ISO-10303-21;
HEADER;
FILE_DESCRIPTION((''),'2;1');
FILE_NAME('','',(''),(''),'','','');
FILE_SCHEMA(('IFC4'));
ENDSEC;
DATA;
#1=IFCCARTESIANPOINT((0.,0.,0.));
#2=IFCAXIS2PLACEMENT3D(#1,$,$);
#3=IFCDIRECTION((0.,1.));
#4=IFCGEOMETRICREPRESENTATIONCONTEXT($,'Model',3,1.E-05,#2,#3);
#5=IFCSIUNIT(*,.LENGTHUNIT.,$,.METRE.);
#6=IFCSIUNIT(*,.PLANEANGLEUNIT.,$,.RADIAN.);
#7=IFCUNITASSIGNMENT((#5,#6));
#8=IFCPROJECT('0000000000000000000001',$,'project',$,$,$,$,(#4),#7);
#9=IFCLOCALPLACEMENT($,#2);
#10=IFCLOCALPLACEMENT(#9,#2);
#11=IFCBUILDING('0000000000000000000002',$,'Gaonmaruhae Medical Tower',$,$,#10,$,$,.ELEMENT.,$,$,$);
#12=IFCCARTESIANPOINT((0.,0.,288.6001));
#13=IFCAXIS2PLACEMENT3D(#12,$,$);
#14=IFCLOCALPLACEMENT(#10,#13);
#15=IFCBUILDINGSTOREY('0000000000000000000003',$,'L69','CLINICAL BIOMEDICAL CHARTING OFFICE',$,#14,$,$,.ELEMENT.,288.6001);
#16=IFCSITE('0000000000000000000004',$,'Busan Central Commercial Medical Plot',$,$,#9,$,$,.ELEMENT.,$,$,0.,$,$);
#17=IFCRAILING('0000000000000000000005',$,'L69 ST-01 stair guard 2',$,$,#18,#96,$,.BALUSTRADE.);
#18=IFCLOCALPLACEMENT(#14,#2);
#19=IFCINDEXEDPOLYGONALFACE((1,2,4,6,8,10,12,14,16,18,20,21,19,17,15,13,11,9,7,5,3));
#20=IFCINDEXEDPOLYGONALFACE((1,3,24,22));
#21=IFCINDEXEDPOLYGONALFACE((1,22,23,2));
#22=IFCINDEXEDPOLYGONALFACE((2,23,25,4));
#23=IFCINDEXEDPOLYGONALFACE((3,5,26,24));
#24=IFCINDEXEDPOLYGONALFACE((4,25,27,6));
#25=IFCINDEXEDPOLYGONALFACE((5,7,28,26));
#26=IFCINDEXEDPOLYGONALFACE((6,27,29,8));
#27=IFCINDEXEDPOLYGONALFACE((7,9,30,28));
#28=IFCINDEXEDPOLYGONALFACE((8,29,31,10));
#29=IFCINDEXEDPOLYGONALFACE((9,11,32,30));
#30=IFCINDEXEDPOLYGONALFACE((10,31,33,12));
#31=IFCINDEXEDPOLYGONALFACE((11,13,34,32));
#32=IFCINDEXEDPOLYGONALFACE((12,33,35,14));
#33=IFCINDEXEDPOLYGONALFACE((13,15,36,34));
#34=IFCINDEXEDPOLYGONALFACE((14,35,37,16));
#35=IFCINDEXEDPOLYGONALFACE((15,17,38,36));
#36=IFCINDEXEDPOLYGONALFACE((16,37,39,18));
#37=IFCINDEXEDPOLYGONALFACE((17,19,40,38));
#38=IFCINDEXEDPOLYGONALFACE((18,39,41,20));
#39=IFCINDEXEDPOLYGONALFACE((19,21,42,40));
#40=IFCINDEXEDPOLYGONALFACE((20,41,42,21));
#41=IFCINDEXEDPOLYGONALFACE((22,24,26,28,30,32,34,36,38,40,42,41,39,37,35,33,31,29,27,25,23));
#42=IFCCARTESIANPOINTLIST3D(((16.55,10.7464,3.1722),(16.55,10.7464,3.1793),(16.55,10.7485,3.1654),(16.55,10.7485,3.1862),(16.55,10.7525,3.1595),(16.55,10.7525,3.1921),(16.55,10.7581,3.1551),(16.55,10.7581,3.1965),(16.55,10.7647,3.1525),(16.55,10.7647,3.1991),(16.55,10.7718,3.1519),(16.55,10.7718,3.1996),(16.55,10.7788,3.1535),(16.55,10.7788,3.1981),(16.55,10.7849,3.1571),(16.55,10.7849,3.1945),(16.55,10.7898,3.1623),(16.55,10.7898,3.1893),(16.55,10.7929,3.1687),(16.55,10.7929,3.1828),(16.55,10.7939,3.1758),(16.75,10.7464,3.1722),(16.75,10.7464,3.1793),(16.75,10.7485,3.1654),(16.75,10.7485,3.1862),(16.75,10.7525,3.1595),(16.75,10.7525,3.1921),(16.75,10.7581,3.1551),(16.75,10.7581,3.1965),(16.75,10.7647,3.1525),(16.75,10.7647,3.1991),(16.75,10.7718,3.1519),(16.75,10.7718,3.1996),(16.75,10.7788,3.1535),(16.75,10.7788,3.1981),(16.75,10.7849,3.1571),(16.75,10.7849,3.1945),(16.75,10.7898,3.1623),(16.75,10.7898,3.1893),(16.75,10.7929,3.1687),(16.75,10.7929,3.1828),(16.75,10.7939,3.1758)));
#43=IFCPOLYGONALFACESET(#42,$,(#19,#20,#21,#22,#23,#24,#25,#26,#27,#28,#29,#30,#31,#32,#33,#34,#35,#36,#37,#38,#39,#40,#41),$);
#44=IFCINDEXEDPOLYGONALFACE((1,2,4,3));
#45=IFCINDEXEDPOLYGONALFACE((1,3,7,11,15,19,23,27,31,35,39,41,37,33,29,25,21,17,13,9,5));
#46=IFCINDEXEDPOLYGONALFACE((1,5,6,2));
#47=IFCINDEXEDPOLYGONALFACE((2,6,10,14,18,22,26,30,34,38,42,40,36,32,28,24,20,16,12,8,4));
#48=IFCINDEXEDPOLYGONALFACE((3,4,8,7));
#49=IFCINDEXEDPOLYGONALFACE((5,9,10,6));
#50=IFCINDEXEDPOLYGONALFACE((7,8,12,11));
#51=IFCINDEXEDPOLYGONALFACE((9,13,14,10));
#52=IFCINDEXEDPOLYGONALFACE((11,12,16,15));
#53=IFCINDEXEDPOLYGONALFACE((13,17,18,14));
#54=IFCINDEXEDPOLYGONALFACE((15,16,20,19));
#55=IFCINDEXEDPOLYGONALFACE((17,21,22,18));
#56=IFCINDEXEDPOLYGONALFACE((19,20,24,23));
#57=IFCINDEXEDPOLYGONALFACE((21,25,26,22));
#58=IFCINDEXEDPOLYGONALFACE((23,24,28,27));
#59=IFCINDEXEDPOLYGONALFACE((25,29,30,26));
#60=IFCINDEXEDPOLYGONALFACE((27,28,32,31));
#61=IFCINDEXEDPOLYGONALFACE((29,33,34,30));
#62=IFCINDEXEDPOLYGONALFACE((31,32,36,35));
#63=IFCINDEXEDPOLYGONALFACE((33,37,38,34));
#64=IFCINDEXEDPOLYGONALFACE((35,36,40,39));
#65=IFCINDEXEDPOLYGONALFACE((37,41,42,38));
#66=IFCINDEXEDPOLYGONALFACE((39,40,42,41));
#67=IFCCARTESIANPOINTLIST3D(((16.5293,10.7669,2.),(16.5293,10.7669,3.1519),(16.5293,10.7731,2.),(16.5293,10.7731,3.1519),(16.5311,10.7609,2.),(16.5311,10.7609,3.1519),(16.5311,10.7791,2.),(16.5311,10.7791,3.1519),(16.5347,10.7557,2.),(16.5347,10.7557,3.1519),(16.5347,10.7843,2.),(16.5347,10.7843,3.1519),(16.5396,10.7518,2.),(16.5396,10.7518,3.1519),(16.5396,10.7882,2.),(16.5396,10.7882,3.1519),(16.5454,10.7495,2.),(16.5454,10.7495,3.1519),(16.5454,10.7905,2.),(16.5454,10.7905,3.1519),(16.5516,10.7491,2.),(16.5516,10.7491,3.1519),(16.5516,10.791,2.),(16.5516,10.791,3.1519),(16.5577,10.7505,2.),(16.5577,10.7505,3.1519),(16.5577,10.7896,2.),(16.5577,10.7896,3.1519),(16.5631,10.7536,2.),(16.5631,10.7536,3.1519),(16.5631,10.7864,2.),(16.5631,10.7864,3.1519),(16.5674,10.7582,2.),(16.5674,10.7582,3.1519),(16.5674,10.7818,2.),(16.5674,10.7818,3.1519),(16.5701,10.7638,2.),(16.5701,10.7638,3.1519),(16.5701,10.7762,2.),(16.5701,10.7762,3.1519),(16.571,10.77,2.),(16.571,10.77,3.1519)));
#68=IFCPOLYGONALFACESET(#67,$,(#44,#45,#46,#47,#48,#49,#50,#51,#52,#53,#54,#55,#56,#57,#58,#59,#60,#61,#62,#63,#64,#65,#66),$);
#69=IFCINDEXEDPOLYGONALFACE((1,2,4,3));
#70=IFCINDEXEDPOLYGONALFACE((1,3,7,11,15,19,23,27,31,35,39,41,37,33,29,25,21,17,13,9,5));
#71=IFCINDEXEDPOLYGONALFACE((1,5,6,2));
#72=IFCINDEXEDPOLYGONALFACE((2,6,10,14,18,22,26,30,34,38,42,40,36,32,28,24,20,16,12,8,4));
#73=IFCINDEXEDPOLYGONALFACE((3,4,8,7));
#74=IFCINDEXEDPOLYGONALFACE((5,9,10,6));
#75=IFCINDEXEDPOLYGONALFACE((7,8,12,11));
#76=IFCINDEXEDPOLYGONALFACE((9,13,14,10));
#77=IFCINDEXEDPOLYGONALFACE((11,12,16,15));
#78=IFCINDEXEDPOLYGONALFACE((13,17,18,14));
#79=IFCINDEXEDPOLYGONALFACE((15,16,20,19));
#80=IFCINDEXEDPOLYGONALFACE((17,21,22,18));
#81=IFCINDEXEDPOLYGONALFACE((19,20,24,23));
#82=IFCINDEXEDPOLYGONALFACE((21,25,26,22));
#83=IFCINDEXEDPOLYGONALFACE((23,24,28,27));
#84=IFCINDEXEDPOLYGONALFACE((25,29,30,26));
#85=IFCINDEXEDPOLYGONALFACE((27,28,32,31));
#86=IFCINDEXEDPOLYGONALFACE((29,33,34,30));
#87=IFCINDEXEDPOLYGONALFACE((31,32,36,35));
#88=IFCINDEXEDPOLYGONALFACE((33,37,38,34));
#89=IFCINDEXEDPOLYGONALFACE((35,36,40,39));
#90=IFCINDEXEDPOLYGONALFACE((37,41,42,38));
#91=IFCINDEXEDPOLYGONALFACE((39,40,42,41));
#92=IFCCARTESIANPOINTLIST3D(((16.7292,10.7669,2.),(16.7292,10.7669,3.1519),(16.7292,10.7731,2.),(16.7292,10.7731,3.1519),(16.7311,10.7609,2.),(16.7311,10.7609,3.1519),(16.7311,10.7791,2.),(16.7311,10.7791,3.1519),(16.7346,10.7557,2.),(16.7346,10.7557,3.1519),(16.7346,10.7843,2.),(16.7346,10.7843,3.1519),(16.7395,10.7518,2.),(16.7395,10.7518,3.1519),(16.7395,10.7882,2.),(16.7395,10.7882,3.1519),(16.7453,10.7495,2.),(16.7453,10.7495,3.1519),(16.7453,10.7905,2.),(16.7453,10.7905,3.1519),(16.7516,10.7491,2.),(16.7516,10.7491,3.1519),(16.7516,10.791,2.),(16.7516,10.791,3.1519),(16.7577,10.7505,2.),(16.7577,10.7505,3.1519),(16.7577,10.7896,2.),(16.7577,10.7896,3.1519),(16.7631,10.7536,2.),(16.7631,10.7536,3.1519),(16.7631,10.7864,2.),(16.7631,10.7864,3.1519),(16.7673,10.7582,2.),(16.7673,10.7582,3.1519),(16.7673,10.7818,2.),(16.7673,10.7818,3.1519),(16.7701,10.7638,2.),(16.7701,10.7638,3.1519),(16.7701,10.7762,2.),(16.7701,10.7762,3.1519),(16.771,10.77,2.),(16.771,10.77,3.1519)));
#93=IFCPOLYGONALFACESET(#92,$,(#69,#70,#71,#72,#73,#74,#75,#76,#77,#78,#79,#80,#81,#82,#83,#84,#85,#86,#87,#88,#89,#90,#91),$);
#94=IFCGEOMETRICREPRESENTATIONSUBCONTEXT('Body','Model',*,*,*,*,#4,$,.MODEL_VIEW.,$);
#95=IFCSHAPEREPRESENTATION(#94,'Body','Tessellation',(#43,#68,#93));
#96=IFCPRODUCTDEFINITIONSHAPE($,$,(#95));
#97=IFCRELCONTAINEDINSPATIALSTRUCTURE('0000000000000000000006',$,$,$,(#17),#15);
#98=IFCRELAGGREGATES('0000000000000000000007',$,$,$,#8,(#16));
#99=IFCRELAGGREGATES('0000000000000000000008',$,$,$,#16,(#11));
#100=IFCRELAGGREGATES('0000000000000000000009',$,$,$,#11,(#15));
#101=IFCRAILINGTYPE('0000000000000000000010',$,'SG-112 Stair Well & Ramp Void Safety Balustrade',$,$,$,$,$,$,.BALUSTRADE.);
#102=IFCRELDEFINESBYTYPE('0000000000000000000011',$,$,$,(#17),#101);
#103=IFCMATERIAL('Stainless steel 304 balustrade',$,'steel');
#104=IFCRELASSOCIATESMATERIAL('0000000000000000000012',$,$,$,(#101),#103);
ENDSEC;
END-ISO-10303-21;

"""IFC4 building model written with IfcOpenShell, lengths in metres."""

from ifc_helpers import new_model, si_unit, direction, frame, origin, origin_2d, place, context, subcontext, project, spatial, circle, extrude, material, type_object, element, save


model = new_model("IFC4")

# Units and contexts
model_context = context("Model", 3, precision=1e-05, world=origin(), true_north=direction((0.0, 1.0)))
body_context = subcontext(model_context, "Body", "Model", "MODEL_VIEW")
ifc_project = project(units=[si_unit("LENGTHUNIT", "METRE"), si_unit("PLANEANGLEUNIT", "RADIAN")], contexts=[model_context])

# Site, building, storey
site_placement = place(None, origin())
site = spatial("IfcSite", under=ifc_project, at=site_placement, Name="Busan Central Commercial Medical Plot", CompositionType="ELEMENT", RefElevation=0.0)
building_placement = place(site_placement, origin())
building = spatial("IfcBuilding", under=site, at=building_placement, Name="Gaonmaruhae Medical Tower", CompositionType="ELEMENT")
storey_placement = place(building_placement, frame((0.0, 0.0, 288.6001)))
storey = spatial("IfcBuildingStorey", under=building, at=storey_placement, Name="L69", Description="CLINICAL BIOMEDICAL CHARTING OFFICE", CompositionType="ELEMENT", Elevation=288.6001)

# Railing
ifc_material_1 = material(Name="Stainless steel 304 balustrade", Category="steel")
railing_type_1 = type_object("IfcRailingType", Name="SG-112 Stair Well & Ramp Void Safety Balustrade", PredefinedType="BALUSTRADE", material=ifc_material_1)
railing_1_placement = place(storey_placement, frame((16.55, 10.77, 2.0)))
element("IfcRailing", 1, at=railing_1_placement, inside=storey, type_object=railing_type_1, Name="L69 ST-01 stair guard 2", PredefinedType="BALUSTRADE", context=body_context, shape_type="SweptSolid", body=[
    extrude(circle(Radius=0.0239, at=origin_2d()), frame((0.0, 0.0, 1.1758), z_axis=(1.0, 0.0, 0.0), x_axis=(0.0, 1.0, 0.0)), (0.0, 0.0, 1.0), 0.2),
    extrude(circle(Radius=0.021, at=origin_2d()), origin(), (0.0, 0.0, 1.0), 1.1519),
    extrude(circle(Radius=0.021, at=origin_2d()), frame((0.2, 0.0, 0.0)), (0.0, 0.0, 1.0), 1.1519),
])

save(model, "model.ifc")
